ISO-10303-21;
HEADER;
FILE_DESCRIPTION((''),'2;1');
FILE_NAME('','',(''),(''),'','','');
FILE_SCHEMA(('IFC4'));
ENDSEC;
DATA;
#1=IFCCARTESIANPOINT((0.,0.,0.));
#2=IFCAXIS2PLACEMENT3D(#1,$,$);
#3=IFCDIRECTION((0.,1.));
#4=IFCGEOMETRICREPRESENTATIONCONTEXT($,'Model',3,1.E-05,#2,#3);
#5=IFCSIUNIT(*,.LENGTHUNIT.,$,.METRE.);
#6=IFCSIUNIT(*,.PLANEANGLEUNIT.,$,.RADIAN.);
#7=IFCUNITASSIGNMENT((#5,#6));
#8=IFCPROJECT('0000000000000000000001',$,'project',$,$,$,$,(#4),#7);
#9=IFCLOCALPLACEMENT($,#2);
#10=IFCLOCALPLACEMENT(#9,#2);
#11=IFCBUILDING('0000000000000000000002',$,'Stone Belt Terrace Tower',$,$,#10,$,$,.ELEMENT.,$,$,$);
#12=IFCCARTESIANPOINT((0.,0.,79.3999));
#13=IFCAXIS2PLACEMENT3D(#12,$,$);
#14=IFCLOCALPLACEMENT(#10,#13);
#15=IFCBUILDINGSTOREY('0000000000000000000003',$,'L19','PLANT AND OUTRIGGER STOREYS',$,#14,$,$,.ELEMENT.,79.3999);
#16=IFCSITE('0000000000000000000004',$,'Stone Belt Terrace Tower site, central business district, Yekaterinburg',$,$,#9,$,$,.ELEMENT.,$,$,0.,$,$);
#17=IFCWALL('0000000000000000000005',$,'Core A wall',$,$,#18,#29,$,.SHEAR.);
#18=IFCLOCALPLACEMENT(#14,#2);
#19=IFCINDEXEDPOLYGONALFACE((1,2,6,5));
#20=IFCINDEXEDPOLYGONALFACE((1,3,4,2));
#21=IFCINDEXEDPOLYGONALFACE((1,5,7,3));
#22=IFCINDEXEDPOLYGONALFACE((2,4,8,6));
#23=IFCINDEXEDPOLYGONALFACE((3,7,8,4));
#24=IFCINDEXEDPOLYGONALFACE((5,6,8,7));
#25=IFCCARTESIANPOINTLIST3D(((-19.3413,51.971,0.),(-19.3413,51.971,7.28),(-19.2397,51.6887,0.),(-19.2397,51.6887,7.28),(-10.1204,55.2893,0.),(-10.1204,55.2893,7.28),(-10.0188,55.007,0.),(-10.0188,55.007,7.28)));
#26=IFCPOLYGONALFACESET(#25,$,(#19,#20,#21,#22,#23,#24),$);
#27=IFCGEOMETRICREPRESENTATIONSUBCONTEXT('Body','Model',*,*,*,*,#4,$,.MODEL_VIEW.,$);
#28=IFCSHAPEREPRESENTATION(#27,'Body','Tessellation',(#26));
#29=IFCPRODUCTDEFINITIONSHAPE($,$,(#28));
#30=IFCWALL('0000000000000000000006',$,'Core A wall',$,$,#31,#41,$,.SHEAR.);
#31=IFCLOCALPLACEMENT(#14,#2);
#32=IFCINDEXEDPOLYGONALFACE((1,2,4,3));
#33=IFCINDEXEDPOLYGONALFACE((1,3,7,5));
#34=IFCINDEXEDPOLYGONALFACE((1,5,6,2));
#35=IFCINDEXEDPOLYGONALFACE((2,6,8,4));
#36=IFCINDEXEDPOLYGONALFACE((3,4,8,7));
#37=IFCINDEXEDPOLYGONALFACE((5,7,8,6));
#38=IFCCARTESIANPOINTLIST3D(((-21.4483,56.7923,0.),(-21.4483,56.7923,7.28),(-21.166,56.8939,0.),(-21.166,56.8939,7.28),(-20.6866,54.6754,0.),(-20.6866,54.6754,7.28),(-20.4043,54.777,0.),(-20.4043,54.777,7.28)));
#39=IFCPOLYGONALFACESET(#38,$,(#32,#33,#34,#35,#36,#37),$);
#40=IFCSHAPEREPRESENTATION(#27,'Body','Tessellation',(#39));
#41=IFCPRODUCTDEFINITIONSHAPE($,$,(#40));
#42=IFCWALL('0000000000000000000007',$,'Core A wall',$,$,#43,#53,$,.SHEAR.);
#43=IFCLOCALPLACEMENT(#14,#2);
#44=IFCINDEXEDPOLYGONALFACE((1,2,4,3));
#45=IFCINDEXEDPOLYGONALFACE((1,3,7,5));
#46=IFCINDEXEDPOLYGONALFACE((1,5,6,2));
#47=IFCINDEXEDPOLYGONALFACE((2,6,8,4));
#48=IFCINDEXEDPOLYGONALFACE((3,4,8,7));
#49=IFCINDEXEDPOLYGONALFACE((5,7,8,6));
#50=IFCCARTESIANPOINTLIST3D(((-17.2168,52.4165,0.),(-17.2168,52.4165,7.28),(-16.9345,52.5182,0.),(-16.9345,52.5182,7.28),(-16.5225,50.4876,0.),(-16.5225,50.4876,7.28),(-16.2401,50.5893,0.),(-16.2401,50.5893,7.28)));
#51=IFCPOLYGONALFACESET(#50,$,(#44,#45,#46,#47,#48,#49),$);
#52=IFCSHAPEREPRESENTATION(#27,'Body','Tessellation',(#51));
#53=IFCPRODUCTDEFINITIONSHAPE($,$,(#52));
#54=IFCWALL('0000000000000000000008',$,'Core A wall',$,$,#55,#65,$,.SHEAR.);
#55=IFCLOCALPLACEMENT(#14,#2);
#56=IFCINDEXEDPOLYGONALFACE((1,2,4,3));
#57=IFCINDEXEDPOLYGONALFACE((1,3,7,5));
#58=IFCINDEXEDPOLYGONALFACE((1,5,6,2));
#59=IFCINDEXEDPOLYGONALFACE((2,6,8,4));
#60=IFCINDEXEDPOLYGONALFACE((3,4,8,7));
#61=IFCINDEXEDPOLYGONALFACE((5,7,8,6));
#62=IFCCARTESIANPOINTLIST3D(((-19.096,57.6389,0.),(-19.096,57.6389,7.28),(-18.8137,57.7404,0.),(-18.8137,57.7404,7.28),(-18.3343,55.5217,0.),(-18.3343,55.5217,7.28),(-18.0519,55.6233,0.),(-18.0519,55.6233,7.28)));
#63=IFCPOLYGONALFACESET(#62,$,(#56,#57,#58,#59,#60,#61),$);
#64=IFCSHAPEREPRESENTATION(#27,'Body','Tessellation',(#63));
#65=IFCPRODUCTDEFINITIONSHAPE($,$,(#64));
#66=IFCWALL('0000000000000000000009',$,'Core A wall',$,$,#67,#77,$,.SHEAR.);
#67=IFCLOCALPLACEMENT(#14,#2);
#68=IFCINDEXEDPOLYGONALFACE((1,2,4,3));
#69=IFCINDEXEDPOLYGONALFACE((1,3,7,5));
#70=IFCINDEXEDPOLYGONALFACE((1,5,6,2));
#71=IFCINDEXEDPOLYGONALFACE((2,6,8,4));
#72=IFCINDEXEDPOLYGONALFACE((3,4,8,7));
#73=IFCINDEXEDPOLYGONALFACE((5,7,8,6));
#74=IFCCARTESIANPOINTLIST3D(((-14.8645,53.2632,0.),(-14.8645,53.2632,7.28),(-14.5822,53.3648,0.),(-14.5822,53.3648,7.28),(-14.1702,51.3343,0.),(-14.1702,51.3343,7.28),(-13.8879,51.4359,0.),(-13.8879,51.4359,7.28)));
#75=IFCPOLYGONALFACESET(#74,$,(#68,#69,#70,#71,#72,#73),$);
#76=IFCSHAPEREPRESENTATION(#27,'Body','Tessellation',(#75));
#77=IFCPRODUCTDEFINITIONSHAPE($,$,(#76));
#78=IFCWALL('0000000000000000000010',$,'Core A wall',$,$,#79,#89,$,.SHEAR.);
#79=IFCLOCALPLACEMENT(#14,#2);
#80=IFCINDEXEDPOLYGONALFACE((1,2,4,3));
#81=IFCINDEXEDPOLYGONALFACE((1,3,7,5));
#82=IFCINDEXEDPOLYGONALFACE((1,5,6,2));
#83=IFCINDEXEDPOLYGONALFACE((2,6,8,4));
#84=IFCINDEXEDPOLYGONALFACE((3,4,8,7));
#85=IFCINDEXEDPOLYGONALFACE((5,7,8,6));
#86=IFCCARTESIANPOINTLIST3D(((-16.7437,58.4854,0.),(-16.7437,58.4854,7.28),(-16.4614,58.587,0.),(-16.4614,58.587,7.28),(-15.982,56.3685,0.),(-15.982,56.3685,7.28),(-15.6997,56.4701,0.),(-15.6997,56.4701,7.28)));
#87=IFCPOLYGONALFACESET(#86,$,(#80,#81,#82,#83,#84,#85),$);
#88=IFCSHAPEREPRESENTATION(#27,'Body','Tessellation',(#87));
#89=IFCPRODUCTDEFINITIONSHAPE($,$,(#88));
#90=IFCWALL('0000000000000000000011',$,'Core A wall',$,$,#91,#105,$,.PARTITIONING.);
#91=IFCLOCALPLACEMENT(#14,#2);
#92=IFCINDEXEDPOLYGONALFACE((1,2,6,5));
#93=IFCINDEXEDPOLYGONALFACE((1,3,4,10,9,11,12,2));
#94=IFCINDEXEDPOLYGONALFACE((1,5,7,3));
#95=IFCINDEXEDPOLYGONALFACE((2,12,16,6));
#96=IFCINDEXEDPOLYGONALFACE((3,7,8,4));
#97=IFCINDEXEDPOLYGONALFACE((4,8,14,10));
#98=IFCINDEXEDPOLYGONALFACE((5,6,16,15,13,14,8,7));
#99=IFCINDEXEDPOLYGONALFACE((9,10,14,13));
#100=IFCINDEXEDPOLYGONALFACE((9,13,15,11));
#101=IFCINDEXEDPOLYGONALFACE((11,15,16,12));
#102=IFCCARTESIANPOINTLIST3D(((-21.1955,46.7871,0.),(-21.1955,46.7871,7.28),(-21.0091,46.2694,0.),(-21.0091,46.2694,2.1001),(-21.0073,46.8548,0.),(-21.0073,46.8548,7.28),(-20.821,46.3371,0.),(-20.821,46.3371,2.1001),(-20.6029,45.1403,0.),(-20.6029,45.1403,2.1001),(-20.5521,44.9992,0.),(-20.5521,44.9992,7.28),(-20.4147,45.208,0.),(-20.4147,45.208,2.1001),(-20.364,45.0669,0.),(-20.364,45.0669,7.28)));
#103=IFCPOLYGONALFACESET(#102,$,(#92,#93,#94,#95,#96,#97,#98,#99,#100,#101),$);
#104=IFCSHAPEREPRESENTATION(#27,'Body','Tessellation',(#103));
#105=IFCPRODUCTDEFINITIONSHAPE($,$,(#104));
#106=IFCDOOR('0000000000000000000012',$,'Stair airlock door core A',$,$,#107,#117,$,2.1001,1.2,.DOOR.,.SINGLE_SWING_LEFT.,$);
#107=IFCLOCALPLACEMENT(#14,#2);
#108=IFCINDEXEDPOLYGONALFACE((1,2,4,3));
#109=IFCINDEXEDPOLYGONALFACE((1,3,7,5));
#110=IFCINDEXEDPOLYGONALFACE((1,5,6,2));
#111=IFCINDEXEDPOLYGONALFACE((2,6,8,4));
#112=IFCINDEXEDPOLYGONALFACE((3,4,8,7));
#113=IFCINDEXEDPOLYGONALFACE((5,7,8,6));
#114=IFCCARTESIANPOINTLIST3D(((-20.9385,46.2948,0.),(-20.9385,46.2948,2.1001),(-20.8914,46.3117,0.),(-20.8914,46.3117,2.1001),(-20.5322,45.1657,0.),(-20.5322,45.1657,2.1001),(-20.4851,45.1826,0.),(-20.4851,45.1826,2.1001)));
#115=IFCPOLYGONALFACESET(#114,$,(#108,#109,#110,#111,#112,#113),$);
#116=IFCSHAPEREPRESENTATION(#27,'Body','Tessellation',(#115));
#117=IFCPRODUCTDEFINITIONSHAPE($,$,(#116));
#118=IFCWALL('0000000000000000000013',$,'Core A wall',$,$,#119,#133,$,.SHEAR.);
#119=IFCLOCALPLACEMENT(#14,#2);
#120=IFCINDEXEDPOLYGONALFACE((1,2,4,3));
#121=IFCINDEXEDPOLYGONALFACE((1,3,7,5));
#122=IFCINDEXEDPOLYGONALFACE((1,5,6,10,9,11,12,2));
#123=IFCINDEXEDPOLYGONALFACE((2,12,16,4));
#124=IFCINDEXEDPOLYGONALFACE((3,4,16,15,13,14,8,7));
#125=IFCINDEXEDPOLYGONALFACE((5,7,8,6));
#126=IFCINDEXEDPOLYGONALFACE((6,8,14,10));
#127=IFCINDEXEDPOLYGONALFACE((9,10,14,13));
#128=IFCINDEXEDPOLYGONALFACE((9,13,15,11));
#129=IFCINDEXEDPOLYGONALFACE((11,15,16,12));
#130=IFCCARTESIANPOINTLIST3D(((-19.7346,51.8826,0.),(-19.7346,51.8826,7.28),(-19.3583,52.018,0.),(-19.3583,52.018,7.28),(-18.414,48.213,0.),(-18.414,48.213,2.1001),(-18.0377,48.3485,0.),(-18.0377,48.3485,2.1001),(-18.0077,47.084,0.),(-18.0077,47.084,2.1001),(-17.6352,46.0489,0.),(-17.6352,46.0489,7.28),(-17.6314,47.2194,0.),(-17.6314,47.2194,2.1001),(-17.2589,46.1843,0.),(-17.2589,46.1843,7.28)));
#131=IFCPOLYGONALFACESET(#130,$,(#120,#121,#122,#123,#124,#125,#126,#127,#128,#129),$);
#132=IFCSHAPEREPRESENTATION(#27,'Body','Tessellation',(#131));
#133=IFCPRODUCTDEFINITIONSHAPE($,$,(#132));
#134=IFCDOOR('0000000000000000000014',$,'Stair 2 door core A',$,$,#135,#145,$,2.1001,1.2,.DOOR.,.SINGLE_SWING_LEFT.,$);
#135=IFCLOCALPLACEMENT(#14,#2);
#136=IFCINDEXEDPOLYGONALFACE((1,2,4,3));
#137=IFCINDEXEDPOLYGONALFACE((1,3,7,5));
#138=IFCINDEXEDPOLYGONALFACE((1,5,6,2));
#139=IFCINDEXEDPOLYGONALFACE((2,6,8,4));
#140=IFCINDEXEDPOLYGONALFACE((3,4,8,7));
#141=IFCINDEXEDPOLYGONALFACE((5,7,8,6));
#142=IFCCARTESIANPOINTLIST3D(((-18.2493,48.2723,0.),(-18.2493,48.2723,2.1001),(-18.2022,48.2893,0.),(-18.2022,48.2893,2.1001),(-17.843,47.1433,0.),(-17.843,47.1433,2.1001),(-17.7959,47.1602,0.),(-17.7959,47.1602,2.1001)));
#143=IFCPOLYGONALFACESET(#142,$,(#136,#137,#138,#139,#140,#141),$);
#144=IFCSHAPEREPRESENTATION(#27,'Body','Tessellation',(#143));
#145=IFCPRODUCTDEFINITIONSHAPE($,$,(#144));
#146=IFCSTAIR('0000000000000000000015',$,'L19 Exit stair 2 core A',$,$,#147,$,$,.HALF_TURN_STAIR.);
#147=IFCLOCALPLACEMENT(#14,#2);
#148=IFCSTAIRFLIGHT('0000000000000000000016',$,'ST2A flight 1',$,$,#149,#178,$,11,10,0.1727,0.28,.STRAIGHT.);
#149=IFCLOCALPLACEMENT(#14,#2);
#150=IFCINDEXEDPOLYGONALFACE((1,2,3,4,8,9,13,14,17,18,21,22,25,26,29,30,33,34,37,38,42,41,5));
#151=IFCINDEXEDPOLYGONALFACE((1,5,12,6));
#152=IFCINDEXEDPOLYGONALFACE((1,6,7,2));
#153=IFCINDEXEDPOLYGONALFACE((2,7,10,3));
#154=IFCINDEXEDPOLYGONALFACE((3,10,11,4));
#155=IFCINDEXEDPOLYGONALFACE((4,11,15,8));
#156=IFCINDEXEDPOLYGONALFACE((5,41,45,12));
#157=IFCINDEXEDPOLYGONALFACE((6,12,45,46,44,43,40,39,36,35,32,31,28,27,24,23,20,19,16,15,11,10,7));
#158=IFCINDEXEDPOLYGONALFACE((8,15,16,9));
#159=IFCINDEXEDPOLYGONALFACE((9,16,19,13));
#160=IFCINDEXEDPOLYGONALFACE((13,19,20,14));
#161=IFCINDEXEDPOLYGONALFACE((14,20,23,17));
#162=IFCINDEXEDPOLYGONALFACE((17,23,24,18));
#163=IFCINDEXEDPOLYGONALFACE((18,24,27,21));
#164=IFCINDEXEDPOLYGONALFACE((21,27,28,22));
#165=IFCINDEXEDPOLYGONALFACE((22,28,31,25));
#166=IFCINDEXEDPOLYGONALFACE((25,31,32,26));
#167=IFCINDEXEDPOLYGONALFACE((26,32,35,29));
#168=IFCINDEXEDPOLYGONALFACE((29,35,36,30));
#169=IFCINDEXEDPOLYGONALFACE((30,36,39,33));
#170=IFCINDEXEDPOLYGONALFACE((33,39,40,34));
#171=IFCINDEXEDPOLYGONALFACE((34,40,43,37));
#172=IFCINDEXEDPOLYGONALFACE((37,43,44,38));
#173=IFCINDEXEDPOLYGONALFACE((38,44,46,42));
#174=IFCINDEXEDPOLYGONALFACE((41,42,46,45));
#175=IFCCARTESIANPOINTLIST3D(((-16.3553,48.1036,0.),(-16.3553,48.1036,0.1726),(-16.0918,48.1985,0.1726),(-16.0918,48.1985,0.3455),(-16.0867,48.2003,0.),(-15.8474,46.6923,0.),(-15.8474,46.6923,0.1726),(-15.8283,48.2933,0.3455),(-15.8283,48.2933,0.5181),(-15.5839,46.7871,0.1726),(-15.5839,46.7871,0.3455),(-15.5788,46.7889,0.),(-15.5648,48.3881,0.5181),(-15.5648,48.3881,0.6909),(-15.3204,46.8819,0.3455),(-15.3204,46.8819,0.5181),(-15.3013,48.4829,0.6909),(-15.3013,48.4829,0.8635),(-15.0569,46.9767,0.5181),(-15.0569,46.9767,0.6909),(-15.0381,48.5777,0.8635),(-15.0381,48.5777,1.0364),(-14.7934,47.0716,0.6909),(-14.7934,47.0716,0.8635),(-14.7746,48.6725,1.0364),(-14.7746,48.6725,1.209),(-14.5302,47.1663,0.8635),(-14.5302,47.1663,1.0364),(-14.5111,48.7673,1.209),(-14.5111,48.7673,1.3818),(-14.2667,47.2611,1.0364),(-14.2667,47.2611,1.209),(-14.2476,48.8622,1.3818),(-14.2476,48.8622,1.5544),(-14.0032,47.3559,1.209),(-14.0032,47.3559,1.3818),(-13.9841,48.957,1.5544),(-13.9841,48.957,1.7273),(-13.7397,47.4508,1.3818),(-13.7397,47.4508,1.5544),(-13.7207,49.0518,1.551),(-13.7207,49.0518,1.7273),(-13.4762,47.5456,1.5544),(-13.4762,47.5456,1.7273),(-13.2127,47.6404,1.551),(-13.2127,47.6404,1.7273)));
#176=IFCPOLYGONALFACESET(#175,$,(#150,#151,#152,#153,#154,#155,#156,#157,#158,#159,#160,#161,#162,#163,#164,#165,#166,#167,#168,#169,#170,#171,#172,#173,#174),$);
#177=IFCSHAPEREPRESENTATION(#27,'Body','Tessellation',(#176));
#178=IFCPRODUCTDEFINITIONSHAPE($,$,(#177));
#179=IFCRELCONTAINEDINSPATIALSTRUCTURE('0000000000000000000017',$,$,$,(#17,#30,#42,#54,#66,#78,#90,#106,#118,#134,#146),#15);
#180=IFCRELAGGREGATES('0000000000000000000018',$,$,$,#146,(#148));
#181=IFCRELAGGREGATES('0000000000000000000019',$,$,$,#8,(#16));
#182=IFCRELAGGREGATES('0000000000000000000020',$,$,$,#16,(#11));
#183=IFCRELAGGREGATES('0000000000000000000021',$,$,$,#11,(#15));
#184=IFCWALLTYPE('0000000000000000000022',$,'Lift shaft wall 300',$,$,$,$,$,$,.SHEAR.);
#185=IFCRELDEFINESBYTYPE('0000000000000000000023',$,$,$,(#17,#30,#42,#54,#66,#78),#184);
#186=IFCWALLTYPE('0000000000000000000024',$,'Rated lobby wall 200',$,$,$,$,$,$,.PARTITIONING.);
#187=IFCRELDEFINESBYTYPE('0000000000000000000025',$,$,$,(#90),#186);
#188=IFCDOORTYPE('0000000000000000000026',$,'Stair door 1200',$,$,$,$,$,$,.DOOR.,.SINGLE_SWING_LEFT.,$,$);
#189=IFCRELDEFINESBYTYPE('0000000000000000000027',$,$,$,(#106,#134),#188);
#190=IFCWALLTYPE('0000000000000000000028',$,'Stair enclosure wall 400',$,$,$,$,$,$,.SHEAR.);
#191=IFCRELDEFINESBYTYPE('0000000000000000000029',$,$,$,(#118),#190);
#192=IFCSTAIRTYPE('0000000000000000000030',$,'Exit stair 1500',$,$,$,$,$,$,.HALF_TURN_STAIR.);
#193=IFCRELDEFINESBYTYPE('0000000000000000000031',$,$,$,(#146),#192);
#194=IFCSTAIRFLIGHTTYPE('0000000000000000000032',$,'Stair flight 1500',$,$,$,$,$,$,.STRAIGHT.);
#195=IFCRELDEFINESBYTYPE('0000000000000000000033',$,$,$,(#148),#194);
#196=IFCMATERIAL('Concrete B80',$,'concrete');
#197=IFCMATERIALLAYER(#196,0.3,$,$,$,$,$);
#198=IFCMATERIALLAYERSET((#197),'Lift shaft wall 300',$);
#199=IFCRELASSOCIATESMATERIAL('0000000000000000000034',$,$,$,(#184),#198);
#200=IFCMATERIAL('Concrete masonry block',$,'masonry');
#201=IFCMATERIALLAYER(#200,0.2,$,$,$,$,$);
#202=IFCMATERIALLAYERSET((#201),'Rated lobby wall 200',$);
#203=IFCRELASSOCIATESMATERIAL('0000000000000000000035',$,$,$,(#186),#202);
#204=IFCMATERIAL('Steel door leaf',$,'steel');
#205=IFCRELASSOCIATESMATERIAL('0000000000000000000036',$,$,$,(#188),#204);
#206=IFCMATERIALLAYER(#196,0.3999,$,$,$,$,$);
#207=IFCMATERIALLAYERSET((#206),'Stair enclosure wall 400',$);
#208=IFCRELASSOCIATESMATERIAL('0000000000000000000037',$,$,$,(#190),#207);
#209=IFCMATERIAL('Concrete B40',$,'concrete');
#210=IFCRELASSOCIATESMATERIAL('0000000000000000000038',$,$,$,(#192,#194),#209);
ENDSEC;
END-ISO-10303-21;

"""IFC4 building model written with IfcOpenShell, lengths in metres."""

from ifc_helpers import new_model, si_unit, direction, frame, frame_2d, origin, place, context, subcontext, project, spatial, polyline, rectangle, outline, extrude, material, layer, layer_set, type_object, element, fill, aggregate, save


model = new_model("IFC4")

# Units and contexts
model_context = context("Model", 3, precision=1e-05, world=origin(), true_north=direction((0.0, 1.0)))
body_context = subcontext(model_context, "Body", "Model", "MODEL_VIEW")
ifc_project = project(units=[si_unit("LENGTHUNIT", "METRE"), si_unit("PLANEANGLEUNIT", "RADIAN")], contexts=[model_context])

# Site, building, storey
site_placement = place(None, origin())
site = spatial("IfcSite", under=ifc_project, at=site_placement, Name="Stone Belt Terrace Tower site, central business district, Yekaterinburg", CompositionType="ELEMENT", RefElevation=0.0)
building_placement = place(site_placement, origin())
building = spatial("IfcBuilding", under=site, at=building_placement, Name="Stone Belt Terrace Tower", CompositionType="ELEMENT")
storey_placement = place(building_placement, frame((0.0, 0.0, 79.3999)))
storey = spatial("IfcBuildingStorey", under=building, at=storey_placement, Name="L19", Description="PLANT AND OUTRIGGER STOREYS", CompositionType="ELEMENT", Elevation=79.3999)

# Walls
ifc_material_1 = material(Name="Concrete B80", Category="concrete")
ifc_layer_1 = layer(ifc_material_1, 0.3)
ifc_layer_set_1 = layer_set([ifc_layer_1], Name="Lift shaft wall 300")
wall_type_1 = type_object("IfcWallType", Name="Lift shaft wall 300", PredefinedType="SHEAR", material=ifc_layer_set_1)
wall_1_placement = place(storey_placement, frame((-19.2905, 51.8298, 0.0), z_axis=(0.0, 0.0, 1.0), x_axis=(0.940926, 0.338613, 0.0)))
element("IfcWall", 1, at=wall_1_placement, inside=storey, type_object=wall_type_1, Name="Core A wall", PredefinedType="SHEAR", context=body_context, shape_type="SweptSolid", body=[
    extrude(rectangle(XDim=9.7998, YDim=0.3, at=frame_2d((4.8999, 0.0))), origin(), (0.0, 0.0, 1.0), 7.28),
])
wall_2_placement = place(storey_placement, frame((-20.5454, 54.7261, 0.0), z_axis=(0.0, 0.0, 1.0), x_axis=(-0.33857, 0.940941, 0.0)))
element("IfcWall", 2, at=wall_2_placement, inside=storey, type_object=wall_type_1, Name="Core A wall", PredefinedType="SHEAR", context=body_context, shape_type="SweptSolid", body=[
    extrude(rectangle(XDim=2.2498, YDim=0.3, at=frame_2d((1.125, 0.0))), origin(), (0.0, 0.0, 1.0), 7.28),
])
wall_3_placement = place(storey_placement, frame((-16.3813, 50.5386, 0.0), z_axis=(0.0, 0.0, 1.0), x_axis=(-0.338682, 0.940901, 0.0)))
element("IfcWall", 3, at=wall_3_placement, inside=storey, type_object=wall_type_1, Name="Core A wall", PredefinedType="SHEAR", context=body_context, shape_type="SweptSolid", body=[
    extrude(rectangle(XDim=2.05, YDim=0.3, at=frame_2d((1.0249, 0.0))), origin(), (0.0, 0.0, 1.0), 7.28),
])
wall_4_placement = place(storey_placement, frame((-18.1931, 55.5725, 0.0), z_axis=(0.0, 0.0, 1.0), x_axis=(-0.338535, 0.940954, 0.0)))
element("IfcWall", 4, at=wall_4_placement, inside=storey, type_object=wall_type_1, Name="Core A wall", PredefinedType="SHEAR", context=body_context, shape_type="SweptSolid", body=[
    extrude(rectangle(XDim=2.25, YDim=0.3, at=frame_2d((1.125, 0.0))), origin(), (0.0, 0.0, 1.0), 7.28),
])
wall_5_placement = place(storey_placement, frame((-14.0291, 51.3853, 0.0), z_axis=(0.0, 0.0, 1.0), x_axis=(-0.338682, 0.940901, 0.0)))
element("IfcWall", 5, at=wall_5_placement, inside=storey, type_object=wall_type_1, Name="Core A wall", PredefinedType="SHEAR", context=body_context, shape_type="SweptSolid", body=[
    extrude(rectangle(XDim=2.05, YDim=0.3, at=frame_2d((1.0249, 0.0))), origin(), (0.0, 0.0, 1.0), 7.28),
])
wall_6_placement = place(storey_placement, frame((-15.8408, 56.4192, 0.0), z_axis=(0.0, 0.0, 1.0), x_axis=(-0.33857, 0.940941, 0.0)))
element("IfcWall", 6, at=wall_6_placement, inside=storey, type_object=wall_type_1, Name="Core A wall", PredefinedType="SHEAR", context=body_context, shape_type="SweptSolid", body=[
    extrude(rectangle(XDim=2.2498, YDim=0.3, at=frame_2d((1.125, 0.0))), origin(), (0.0, 0.0, 1.0), 7.28),
])

# Walls, openings, doors
ifc_material_2 = material(Name="Concrete masonry block", Category="masonry")
ifc_layer_2 = layer(ifc_material_2, 0.2)
ifc_layer_set_2 = layer_set([ifc_layer_2], Name="Rated lobby wall 200")
wall_type_2 = type_object("IfcWallType", Name="Rated lobby wall 200", PredefinedType="PARTITIONING", material=ifc_layer_set_2)
wall_7_placement = place(storey_placement, frame((-20.458, 45.033, 0.0), z_axis=(0.0, 0.0, 1.0), x_axis=(-0.338574, 0.94094, 0.0)))
wall_7 = element("IfcWall", 7, at=wall_7_placement, inside=storey, type_object=wall_type_2, Name="Core A wall", PredefinedType="PARTITIONING", context=body_context, shape_type="SweptSolid", body=[
    extrude(rectangle(XDim=1.9001, YDim=0.2, at=frame_2d((0.9502, 0.0))), origin(), (0.0, 0.0, 1.0), 7.28),
])
opening_1_placement = place(wall_7_placement, frame((0.1499, 0.0, 0.0)))
opening_1 = element("IfcOpeningElement", 8, at=opening_1_placement, cuts=wall_7, PredefinedType="OPENING", context=body_context, shape_type="SweptSolid", body=[
    extrude(rectangle(XDim=1.2, YDim=2.1001, at=frame_2d((0.6001, 1.05))), frame((0.0, 0.1099, 0.0), z_axis=(0.0, -1.0, 0.0), x_axis=(1.0, 0.0, 0.0)), (0.0, 0.0, 1.0), 0.22),
])
ifc_material_3 = material(Name="Steel door leaf", Category="steel")
door_type = type_object("IfcDoorType", Name="Stair door 1200", OperationType="SINGLE_SWING_LEFT", PredefinedType="DOOR", material=ifc_material_3)
door_1_placement = place(opening_1_placement, origin())
door_1 = element("IfcDoor", 9, at=door_1_placement, inside=storey, type_object=door_type, Name="Stair airlock door core A", OperationType="SINGLE_SWING_LEFT", OverallHeight=2.1001, OverallWidth=1.2, PredefinedType="DOOR", context=body_context, shape_type="SweptSolid", body=[
    extrude(rectangle(XDim=1.2, YDim=2.1001, at=frame_2d((0.6001, 1.05))), frame((0.0, 0.0249, 0.0), z_axis=(0.0, -1.0, 0.0), x_axis=(1.0, 0.0, 0.0)), (0.0, 0.0, 1.0), 0.05),
])
fill(opening_1, door_1)
ifc_layer_3 = layer(ifc_material_1, 0.3999)
ifc_layer_set_3 = layer_set([ifc_layer_3], Name="Stair enclosure wall 400")
wall_type_3 = type_object("IfcWallType", Name="Stair enclosure wall 400", PredefinedType="SHEAR", material=ifc_layer_set_3)
wall_8_placement = place(storey_placement, frame((-17.447, 46.1165, 0.0), z_axis=(0.0, 0.0, 1.0), x_axis=(-0.338608, 0.940928, 0.0)))
wall_8 = element("IfcWall", 10, at=wall_8_placement, inside=storey, type_object=wall_type_3, Name="Core A wall", PredefinedType="SHEAR", context=body_context, shape_type="SweptSolid", body=[
    extrude(rectangle(XDim=6.2, YDim=0.3999, at=frame_2d((3.1001, 0.0))), origin(), (0.0, 0.0, 1.0), 7.28),
])
opening_2_placement = place(wall_8_placement, frame((1.1001, 0.0, 0.0)))
opening_2 = element("IfcOpeningElement", 11, at=opening_2_placement, cuts=wall_8, PredefinedType="OPENING", context=body_context, shape_type="SweptSolid", body=[
    extrude(rectangle(XDim=1.2, YDim=2.1001, at=frame_2d((0.6001, 1.05))), frame((0.0, 0.21, 0.0), z_axis=(0.0, -1.0, 0.0), x_axis=(1.0, 0.0, 0.0)), (0.0, 0.0, 1.0), 0.4199),
])
door_2_placement = place(opening_2_placement, origin())
door_2 = element("IfcDoor", 12, at=door_2_placement, inside=storey, type_object=door_type, Name="Stair 2 door core A", OperationType="SINGLE_SWING_LEFT", OverallHeight=2.1001, OverallWidth=1.2, PredefinedType="DOOR", context=body_context, shape_type="SweptSolid", body=[
    extrude(rectangle(XDim=1.2, YDim=2.1001, at=frame_2d((0.6001, 1.05))), frame((0.0, 0.0249, 0.0), z_axis=(0.0, -1.0, 0.0), x_axis=(1.0, 0.0, 0.0)), (0.0, 0.0, 1.0), 0.05),
])
fill(opening_2, door_2)

# Stair, stair flight
ifc_material_4 = material(Name="Concrete B40", Category="concrete")
stair_type = type_object("IfcStairType", Name="Exit stair 1500", PredefinedType="HALF_TURN_STAIR", material=ifc_material_4)
stair_placement = place(storey_placement, origin())
stair = element("IfcStair", 13, at=stair_placement, inside=storey, type_object=stair_type, Name="L19 Exit stair 2 core A", PredefinedType="HALF_TURN_STAIR")
stair_flight_type = type_object("IfcStairFlightType", Name="Stair flight 1500", PredefinedType="STRAIGHT", material=ifc_material_4)
stair_flight_1_placement = place(storey_placement, frame((-16.1013, 47.3979, 0.0), z_axis=(0.0, 0.0, 1.0), x_axis=(0.940922, 0.338624, 0.0)))
stair_flight_1 = element("IfcStairFlight", 14, at=stair_flight_1_placement, type_object=stair_flight_type, Name="ST2A flight 1", NumberOfRisers=11, NumberOfTreads=10, PredefinedType="STRAIGHT", RiserHeight=0.1727, TreadLength=0.28, context=body_context, shape_type="SweptSolid", body=[
    extrude(outline(polyline([(0.0, 0.0), (0.0, 0.1726), (0.28, 0.1726), (0.28, 0.3455), (0.5601, 0.3455), (0.5601, 0.5181), (0.8401, 0.5181), (0.8401, 0.6909), (1.1201, 0.6909), (1.1201, 0.8635), (1.3999, 0.8635), (1.3999, 1.0364), (1.6799, 1.0364), (1.6799, 1.209), (1.96, 1.209), (1.96, 1.3818), (2.24, 1.3818), (2.24, 1.5544), (2.52, 1.5544), (2.52, 1.7273), (2.8, 1.7273), (2.8, 1.8999), (2.8, 1.551), (0.2854, 0.0), (0.0, 0.0)])), frame((0.0, 0.75, 0.0), z_axis=(0.0, -1.0, 0.0), x_axis=(1.0, 0.0, 0.0)), (0.0, 0.0, 1.0), 1.5),
])
aggregate(stair, [stair_flight_1])

save(model, "model.ifc")
